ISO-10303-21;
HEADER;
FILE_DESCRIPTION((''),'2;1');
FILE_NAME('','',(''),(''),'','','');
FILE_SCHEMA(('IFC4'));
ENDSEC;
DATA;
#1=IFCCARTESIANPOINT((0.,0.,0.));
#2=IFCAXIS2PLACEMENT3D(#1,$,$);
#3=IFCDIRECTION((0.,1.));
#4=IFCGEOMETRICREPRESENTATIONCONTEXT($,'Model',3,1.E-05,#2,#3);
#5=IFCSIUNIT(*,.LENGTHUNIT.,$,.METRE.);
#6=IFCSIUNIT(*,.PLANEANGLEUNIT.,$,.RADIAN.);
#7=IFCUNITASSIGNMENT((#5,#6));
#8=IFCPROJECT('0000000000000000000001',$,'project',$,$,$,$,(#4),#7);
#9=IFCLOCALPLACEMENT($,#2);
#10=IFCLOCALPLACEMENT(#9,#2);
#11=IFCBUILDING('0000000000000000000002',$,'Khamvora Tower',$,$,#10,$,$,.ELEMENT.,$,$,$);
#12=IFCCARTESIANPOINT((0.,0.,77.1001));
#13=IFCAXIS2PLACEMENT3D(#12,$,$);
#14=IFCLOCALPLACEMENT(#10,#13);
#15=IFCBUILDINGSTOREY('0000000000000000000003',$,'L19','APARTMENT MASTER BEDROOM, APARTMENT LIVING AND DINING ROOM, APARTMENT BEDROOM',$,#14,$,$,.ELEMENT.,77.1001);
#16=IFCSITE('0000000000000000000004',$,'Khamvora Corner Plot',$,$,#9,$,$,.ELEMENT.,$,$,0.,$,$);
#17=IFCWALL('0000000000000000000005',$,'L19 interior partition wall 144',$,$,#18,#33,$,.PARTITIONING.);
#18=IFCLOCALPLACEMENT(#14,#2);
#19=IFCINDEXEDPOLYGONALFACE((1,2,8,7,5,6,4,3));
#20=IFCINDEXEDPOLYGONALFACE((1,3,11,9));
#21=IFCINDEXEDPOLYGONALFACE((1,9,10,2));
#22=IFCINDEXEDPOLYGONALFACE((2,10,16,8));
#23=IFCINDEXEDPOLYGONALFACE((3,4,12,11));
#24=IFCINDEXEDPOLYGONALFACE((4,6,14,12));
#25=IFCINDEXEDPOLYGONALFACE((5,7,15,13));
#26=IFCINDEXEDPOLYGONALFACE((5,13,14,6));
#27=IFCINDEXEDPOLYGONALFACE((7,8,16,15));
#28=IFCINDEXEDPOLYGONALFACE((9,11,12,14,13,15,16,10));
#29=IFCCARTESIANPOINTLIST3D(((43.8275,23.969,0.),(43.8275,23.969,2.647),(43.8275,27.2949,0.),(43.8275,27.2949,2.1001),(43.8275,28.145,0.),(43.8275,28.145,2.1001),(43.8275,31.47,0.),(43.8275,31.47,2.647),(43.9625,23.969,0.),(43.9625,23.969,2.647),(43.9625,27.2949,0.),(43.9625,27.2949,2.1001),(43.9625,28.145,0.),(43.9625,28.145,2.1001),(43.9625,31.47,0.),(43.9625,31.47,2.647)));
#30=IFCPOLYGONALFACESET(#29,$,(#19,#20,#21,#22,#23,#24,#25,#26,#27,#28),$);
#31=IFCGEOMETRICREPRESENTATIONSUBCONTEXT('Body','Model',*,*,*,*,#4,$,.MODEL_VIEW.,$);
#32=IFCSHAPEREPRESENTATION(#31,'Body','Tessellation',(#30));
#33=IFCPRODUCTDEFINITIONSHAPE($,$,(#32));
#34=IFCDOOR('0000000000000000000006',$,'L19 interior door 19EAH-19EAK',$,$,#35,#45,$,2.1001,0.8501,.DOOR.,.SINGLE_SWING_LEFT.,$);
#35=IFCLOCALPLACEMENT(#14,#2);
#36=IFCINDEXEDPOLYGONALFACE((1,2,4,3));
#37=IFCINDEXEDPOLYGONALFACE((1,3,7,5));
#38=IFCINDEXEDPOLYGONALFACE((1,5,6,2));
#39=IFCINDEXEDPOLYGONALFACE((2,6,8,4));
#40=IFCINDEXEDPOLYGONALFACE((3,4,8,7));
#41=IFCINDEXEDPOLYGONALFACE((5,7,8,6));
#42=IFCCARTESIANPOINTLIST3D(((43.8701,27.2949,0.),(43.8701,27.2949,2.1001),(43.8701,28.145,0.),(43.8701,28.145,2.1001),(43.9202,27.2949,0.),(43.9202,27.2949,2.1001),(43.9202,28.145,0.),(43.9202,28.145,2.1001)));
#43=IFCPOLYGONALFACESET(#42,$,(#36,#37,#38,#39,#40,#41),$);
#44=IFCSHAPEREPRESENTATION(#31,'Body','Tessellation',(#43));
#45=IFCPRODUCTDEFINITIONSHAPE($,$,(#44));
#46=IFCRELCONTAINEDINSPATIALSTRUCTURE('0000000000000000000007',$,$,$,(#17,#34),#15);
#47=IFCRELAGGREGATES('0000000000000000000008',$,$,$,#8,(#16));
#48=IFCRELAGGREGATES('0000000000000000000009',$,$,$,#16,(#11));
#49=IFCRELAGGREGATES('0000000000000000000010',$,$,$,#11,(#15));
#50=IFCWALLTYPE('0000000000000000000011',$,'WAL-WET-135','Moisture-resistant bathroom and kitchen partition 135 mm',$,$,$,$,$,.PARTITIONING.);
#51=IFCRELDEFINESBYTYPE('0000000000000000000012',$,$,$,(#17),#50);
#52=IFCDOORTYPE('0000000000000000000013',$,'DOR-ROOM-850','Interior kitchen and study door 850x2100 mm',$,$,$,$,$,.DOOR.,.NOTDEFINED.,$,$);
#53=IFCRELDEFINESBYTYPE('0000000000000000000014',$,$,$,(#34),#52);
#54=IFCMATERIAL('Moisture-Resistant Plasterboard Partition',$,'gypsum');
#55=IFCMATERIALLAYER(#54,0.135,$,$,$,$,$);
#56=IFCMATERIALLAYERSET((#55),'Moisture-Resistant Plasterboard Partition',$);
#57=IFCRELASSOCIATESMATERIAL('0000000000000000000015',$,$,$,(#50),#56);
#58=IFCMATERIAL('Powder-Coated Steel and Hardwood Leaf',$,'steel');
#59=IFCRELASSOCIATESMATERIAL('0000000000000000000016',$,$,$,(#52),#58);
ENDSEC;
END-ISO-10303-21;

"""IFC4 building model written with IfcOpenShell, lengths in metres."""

from ifc_helpers import new_model, si_unit, direction, frame, frame_2d, origin, place, context, subcontext, project, spatial, rectangle, extrude, material, layer, layer_set, type_object, element, fill, save


model = new_model("IFC4")

# Units and contexts
model_context = context("Model", 3, precision=1e-05, world=origin(), true_north=direction((0.0, 1.0)))
body_context = subcontext(model_context, "Body", "Model", "MODEL_VIEW")
ifc_project = project(units=[si_unit("LENGTHUNIT", "METRE"), si_unit("PLANEANGLEUNIT", "RADIAN")], contexts=[model_context])

# Site, building, storey
site_placement = place(None, origin())
site = spatial("IfcSite", under=ifc_project, at=site_placement, Name="Khamvora Corner Plot", CompositionType="ELEMENT", RefElevation=0.0)
building_placement = place(site_placement, origin())
building = spatial("IfcBuilding", under=site, at=building_placement, Name="Khamvora Tower", CompositionType="ELEMENT")
storey_placement = place(building_placement, frame((0.0, 0.0, 77.1001)))
storey = spatial("IfcBuildingStorey", under=building, at=storey_placement, Name="L19", Description="APARTMENT MASTER BEDROOM, APARTMENT LIVING AND DINING ROOM, APARTMENT BEDROOM", CompositionType="ELEMENT", Elevation=77.1001)

# Shared definitions
ifc_material_1 = material(Name="Powder-Coated Steel and Hardwood Leaf", Category="steel")

# Shared definitions
ifc_material_2 = material(Name="Moisture-Resistant Plasterboard Partition", Category="gypsum")
ifc_layer_1 = layer(ifc_material_2, 0.135)
ifc_layer_set_1 = layer_set([ifc_layer_1], Name="Moisture-Resistant Plasterboard Partition")
wall_type_1 = type_object("IfcWallType", Name="WAL-WET-135", Description="Moisture-resistant bathroom and kitchen partition 135 mm", PredefinedType="PARTITIONING", material=ifc_layer_set_1)

# Wall, opening, door
wall_1_placement = place(storey_placement, frame((43.895, 23.969, 0.0), z_axis=(0.0, 0.0, 1.0), x_axis=(0.0, 1.0, 0.0)))
wall_1 = element("IfcWall", 1, at=wall_1_placement, inside=storey, type_object=wall_type_1, Name="L19 interior partition wall 144", PredefinedType="PARTITIONING", context=body_context, shape_type="SweptSolid", body=[
    extrude(rectangle(XDim=7.501, YDim=0.135, at=frame_2d((3.7505, 0.0))), origin(), (0.0, 0.0, 1.0), 2.647),
])
opening_1_placement = place(wall_1_placement, frame((3.3259, 0.0, 0.0)))
opening_1 = element("IfcOpeningElement", 2, at=opening_1_placement, cuts=wall_1, PredefinedType="OPENING", context=body_context, shape_type="SweptSolid", body=[
    extrude(rectangle(XDim=0.8501, YDim=2.1001, at=frame_2d((0.425, 1.05))), frame((0.0, 0.0774, 0.0), z_axis=(0.0, -1.0, 0.0), x_axis=(1.0, 0.0, 0.0)), (0.0, 0.0, 1.0), 0.155),
])
door_type_1 = type_object("IfcDoorType", Name="DOR-ROOM-850", Description="Interior kitchen and study door 850x2100 mm", OperationType="NOTDEFINED", PredefinedType="DOOR", material=ifc_material_1)
door_1_placement = place(opening_1_placement, origin())
door_1 = element("IfcDoor", 3, at=door_1_placement, inside=storey, type_object=door_type_1, Name="L19 interior door 19EAH-19EAK", OperationType="SINGLE_SWING_LEFT", OverallHeight=2.1001, OverallWidth=0.8501, PredefinedType="DOOR", context=body_context, shape_type="SweptSolid", body=[
    extrude(rectangle(XDim=0.8501, YDim=2.1001, at=frame_2d((0.425, 1.05))), frame((0.0, 0.0249, 0.0), z_axis=(0.0, -1.0, 0.0), x_axis=(1.0, 0.0, 0.0)), (0.0, 0.0, 1.0), 0.05),
])
fill(opening_1, door_1)

save(model, "model.ifc")
